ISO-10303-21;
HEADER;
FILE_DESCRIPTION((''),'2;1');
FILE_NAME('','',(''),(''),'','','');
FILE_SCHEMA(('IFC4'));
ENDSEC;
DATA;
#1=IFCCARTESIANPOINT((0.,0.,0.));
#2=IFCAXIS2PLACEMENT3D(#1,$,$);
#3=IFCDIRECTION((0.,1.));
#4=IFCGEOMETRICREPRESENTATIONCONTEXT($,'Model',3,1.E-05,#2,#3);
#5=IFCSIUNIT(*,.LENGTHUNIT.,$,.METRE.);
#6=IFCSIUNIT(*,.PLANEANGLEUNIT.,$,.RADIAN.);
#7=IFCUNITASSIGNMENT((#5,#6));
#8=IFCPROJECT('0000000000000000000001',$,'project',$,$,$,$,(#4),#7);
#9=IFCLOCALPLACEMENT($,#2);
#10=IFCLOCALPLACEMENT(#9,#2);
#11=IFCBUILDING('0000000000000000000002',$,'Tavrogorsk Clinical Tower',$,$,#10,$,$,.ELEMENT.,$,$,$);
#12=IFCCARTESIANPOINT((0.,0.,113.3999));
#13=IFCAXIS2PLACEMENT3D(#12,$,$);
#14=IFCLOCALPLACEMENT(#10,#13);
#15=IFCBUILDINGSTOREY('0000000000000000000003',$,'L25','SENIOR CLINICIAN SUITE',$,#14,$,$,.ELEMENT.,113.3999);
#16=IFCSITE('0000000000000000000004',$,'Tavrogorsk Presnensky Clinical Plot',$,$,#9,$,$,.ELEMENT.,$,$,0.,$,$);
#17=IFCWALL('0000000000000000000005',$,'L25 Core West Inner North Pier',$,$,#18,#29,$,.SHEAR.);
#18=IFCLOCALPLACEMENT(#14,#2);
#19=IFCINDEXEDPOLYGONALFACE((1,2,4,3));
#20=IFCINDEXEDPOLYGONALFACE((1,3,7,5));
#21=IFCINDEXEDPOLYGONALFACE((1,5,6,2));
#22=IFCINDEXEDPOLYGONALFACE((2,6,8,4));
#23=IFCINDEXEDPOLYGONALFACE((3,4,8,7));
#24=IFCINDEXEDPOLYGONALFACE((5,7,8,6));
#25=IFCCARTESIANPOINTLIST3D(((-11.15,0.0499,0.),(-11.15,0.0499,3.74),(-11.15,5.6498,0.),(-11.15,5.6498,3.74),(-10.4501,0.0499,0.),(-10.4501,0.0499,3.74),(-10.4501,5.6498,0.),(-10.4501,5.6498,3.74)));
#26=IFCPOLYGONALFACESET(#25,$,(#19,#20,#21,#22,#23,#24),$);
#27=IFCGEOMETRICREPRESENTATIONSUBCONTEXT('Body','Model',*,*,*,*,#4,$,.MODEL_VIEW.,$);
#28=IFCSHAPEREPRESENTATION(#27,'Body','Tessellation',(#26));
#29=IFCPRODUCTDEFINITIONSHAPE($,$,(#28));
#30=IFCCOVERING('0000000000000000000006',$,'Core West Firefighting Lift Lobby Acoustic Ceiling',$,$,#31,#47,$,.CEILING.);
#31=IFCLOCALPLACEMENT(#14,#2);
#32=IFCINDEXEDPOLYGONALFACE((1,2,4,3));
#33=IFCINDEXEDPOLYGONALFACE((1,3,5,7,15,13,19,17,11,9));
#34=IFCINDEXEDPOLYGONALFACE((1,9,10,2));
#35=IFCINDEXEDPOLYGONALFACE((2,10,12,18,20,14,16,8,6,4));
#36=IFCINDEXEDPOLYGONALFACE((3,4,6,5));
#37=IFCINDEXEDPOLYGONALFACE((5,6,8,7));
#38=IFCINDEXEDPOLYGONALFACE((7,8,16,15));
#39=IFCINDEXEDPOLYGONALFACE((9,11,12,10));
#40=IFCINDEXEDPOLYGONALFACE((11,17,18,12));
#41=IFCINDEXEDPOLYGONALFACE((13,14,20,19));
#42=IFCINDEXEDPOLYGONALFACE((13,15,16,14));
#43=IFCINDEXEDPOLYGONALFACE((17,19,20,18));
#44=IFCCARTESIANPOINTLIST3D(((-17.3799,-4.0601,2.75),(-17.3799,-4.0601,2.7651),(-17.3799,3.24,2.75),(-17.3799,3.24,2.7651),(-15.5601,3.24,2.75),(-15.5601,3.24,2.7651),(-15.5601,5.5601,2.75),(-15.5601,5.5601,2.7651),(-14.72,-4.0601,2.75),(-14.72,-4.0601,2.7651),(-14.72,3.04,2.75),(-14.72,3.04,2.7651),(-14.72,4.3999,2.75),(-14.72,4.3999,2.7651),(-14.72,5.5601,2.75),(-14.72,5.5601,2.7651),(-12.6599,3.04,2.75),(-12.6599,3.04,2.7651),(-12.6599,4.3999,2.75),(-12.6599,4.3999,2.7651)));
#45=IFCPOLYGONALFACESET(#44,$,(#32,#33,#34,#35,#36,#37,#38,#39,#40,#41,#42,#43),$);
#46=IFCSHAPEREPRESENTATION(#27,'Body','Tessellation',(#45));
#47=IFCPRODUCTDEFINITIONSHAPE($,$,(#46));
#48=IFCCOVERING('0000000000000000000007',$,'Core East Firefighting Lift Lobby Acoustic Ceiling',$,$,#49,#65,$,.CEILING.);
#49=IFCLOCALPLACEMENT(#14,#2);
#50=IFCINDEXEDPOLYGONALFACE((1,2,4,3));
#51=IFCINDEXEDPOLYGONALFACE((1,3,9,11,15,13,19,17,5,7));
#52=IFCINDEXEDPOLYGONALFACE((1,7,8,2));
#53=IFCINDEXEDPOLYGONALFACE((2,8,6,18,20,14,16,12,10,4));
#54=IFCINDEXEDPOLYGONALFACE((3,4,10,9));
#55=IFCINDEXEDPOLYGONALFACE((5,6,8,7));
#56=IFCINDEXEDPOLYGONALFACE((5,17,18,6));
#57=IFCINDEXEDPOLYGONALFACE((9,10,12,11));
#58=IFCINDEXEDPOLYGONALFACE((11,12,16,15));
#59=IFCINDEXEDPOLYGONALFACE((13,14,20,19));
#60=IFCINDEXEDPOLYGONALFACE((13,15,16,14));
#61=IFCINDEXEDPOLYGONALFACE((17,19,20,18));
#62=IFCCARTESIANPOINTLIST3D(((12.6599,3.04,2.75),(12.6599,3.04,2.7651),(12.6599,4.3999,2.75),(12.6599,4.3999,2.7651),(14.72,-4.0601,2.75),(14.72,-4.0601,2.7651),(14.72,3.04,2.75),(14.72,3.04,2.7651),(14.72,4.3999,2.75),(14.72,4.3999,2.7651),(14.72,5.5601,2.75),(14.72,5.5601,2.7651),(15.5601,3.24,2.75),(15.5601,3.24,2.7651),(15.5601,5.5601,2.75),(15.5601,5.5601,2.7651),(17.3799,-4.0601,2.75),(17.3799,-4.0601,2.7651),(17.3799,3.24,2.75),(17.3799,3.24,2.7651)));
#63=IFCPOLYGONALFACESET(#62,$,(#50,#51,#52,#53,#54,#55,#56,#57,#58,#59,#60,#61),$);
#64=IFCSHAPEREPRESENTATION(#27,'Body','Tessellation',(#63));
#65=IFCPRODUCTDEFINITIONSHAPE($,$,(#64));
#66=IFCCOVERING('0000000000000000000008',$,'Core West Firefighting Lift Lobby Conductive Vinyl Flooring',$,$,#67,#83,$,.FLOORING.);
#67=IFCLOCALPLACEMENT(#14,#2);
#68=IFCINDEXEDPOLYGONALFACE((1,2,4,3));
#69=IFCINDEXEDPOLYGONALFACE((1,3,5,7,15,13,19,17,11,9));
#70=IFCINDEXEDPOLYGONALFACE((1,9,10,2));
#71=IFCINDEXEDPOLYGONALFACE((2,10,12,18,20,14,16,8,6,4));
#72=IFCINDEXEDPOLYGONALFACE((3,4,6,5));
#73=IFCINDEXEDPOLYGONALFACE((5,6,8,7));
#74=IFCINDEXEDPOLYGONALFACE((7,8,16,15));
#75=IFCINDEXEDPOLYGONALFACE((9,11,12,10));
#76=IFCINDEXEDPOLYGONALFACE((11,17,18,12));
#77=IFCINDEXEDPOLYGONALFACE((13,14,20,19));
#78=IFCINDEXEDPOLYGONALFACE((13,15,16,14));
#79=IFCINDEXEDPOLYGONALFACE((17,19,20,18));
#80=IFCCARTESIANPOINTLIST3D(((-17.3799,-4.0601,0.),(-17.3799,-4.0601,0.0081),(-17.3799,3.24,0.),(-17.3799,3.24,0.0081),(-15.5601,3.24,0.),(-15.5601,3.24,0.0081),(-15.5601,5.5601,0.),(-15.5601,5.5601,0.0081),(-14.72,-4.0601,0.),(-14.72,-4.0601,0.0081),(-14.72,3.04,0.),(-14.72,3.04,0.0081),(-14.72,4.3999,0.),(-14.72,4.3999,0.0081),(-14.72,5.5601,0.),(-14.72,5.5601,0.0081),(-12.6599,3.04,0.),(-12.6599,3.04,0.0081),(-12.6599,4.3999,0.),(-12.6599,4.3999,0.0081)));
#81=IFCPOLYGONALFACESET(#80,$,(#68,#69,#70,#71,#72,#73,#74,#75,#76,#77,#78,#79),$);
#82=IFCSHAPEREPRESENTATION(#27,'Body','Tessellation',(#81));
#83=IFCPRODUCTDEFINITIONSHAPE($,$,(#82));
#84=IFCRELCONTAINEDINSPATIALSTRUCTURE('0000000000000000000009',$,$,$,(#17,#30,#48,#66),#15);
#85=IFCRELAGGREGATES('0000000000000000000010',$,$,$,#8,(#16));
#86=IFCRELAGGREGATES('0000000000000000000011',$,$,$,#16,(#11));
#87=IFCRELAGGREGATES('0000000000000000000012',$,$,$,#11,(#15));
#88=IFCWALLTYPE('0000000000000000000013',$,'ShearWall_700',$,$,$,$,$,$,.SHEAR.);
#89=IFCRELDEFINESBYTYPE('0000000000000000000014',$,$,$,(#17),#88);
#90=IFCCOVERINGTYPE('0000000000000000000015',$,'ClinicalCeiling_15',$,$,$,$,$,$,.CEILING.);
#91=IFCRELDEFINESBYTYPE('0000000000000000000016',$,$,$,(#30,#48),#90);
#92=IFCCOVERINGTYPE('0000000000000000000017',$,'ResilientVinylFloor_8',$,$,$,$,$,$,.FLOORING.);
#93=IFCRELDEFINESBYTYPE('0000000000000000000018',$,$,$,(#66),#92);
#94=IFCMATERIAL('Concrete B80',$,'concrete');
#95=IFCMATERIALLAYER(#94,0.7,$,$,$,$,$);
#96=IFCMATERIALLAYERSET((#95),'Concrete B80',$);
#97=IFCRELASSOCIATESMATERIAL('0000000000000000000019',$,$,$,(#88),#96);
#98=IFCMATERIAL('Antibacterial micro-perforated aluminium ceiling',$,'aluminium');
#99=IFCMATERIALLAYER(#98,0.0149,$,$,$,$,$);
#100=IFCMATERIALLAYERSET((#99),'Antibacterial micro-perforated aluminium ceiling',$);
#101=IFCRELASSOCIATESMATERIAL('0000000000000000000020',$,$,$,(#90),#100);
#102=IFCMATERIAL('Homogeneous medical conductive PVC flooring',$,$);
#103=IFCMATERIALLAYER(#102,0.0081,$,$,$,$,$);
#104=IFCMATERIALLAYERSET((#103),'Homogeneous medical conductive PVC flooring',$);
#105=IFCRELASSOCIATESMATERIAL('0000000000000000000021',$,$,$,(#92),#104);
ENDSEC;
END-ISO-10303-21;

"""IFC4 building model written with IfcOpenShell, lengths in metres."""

from ifc_helpers import new_model, si_unit, direction, frame, frame_2d, origin, place, context, subcontext, project, spatial, polyline, rectangle, outline, extrude, material, layer, layer_set, type_object, element, save


model = new_model("IFC4")

# Units and contexts
model_context = context("Model", 3, precision=1e-05, world=origin(), true_north=direction((0.0, 1.0)))
body_context = subcontext(model_context, "Body", "Model", "MODEL_VIEW")
ifc_project = project(units=[si_unit("LENGTHUNIT", "METRE"), si_unit("PLANEANGLEUNIT", "RADIAN")], contexts=[model_context])

# Site, building, storey
site_placement = place(None, origin())
site = spatial("IfcSite", under=ifc_project, at=site_placement, Name="Tavrogorsk Presnensky Clinical Plot", CompositionType="ELEMENT", RefElevation=0.0)
building_placement = place(site_placement, origin())
building = spatial("IfcBuilding", under=site, at=building_placement, Name="Tavrogorsk Clinical Tower", CompositionType="ELEMENT")
storey_placement = place(building_placement, frame((0.0, 0.0, 113.3999)))
storey = spatial("IfcBuildingStorey", under=building, at=storey_placement, Name="L25", Description="SENIOR CLINICIAN SUITE", CompositionType="ELEMENT", Elevation=113.3999)

# Wall
ifc_material_1 = material(Name="Concrete B80", Category="concrete")
ifc_layer_1 = layer(ifc_material_1, 0.7)
ifc_layer_set_1 = layer_set([ifc_layer_1], Name="Concrete B80")
wall_type_1 = type_object("IfcWallType", Name="ShearWall_700", PredefinedType="SHEAR", material=ifc_layer_set_1)
wall_1_placement = place(storey_placement, frame((-10.8, 0.05, 0.0), z_axis=(0.0, 0.0, 1.0), x_axis=(0.0, 1.0, 0.0)))
element("IfcWall", 1, at=wall_1_placement, inside=storey, type_object=wall_type_1, Name="L25 Core West Inner North Pier", PredefinedType="SHEAR", context=body_context, shape_type="SweptSolid", body=[
    extrude(rectangle(XDim=5.5999, YDim=0.7, at=frame_2d((2.7998, 0.0))), origin(), (0.0, 0.0, 1.0), 3.74),
])

# Coverings
ifc_material_2 = material(Name="Antibacterial micro-perforated aluminium ceiling", Category="aluminium")
ifc_layer_2 = layer(ifc_material_2, 0.0149)
ifc_layer_set_2 = layer_set([ifc_layer_2], Name="Antibacterial micro-perforated aluminium ceiling")
covering_type_1 = type_object("IfcCoveringType", Name="ClinicalCeiling_15", PredefinedType="CEILING", material=ifc_layer_set_2)
covering_1_placement = place(storey_placement, frame((0.0, 0.0, 2.75)))
element("IfcCovering", 2, at=covering_1_placement, inside=storey, type_object=covering_type_1, Name="Core West Firefighting Lift Lobby Acoustic Ceiling", PredefinedType="CEILING", context=body_context, shape_type="SweptSolid", body=[
    extrude(outline(polyline([(-17.3799, -4.0601), (-17.3799, 3.24), (-15.5601, 3.24), (-15.5601, 5.5601), (-14.72, 5.5601), (-14.72, 4.3999), (-12.6599, 4.3999), (-12.6599, 3.04), (-14.72, 3.04), (-14.72, -4.0601), (-17.3799, -4.0601)])), origin(), (0.0, 0.0, 1.0), 0.0151),
])
covering_2_placement = place(storey_placement, frame((0.0, 0.0, 2.75)))
element("IfcCovering", 3, at=covering_2_placement, inside=storey, type_object=covering_type_1, Name="Core East Firefighting Lift Lobby Acoustic Ceiling", PredefinedType="CEILING", context=body_context, shape_type="SweptSolid", body=[
    extrude(outline(polyline([(14.72, 3.04), (12.6599, 3.04), (12.6599, 4.3999), (14.72, 4.3999), (14.72, 5.5601), (15.5601, 5.5601), (15.5601, 3.24), (17.3799, 3.24), (17.3799, -4.0601), (14.72, -4.0601), (14.72, 3.04)])), origin(), (0.0, 0.0, 1.0), 0.0151),
])
ifc_material_3 = material(Name="Homogeneous medical conductive PVC flooring")
ifc_layer_3 = layer(ifc_material_3, 0.0081)
ifc_layer_set_3 = layer_set([ifc_layer_3], Name="Homogeneous medical conductive PVC flooring")
covering_type_2 = type_object("IfcCoveringType", Name="ResilientVinylFloor_8", PredefinedType="FLOORING", material=ifc_layer_set_3)
covering_3_placement = place(storey_placement, origin())
element("IfcCovering", 4, at=covering_3_placement, inside=storey, type_object=covering_type_2, Name="Core West Firefighting Lift Lobby Conductive Vinyl Flooring", PredefinedType="FLOORING", context=body_context, shape_type="SweptSolid", body=[
    extrude(outline(polyline([(-17.3799, -4.0601), (-17.3799, 3.24), (-15.5601, 3.24), (-15.5601, 5.5601), (-14.72, 5.5601), (-14.72, 4.3999), (-12.6599, 4.3999), (-12.6599, 3.04), (-14.72, 3.04), (-14.72, -4.0601), (-17.3799, -4.0601)])), origin(), (0.0, 0.0, 1.0), 0.0081),
])

save(model, "model.ifc")
